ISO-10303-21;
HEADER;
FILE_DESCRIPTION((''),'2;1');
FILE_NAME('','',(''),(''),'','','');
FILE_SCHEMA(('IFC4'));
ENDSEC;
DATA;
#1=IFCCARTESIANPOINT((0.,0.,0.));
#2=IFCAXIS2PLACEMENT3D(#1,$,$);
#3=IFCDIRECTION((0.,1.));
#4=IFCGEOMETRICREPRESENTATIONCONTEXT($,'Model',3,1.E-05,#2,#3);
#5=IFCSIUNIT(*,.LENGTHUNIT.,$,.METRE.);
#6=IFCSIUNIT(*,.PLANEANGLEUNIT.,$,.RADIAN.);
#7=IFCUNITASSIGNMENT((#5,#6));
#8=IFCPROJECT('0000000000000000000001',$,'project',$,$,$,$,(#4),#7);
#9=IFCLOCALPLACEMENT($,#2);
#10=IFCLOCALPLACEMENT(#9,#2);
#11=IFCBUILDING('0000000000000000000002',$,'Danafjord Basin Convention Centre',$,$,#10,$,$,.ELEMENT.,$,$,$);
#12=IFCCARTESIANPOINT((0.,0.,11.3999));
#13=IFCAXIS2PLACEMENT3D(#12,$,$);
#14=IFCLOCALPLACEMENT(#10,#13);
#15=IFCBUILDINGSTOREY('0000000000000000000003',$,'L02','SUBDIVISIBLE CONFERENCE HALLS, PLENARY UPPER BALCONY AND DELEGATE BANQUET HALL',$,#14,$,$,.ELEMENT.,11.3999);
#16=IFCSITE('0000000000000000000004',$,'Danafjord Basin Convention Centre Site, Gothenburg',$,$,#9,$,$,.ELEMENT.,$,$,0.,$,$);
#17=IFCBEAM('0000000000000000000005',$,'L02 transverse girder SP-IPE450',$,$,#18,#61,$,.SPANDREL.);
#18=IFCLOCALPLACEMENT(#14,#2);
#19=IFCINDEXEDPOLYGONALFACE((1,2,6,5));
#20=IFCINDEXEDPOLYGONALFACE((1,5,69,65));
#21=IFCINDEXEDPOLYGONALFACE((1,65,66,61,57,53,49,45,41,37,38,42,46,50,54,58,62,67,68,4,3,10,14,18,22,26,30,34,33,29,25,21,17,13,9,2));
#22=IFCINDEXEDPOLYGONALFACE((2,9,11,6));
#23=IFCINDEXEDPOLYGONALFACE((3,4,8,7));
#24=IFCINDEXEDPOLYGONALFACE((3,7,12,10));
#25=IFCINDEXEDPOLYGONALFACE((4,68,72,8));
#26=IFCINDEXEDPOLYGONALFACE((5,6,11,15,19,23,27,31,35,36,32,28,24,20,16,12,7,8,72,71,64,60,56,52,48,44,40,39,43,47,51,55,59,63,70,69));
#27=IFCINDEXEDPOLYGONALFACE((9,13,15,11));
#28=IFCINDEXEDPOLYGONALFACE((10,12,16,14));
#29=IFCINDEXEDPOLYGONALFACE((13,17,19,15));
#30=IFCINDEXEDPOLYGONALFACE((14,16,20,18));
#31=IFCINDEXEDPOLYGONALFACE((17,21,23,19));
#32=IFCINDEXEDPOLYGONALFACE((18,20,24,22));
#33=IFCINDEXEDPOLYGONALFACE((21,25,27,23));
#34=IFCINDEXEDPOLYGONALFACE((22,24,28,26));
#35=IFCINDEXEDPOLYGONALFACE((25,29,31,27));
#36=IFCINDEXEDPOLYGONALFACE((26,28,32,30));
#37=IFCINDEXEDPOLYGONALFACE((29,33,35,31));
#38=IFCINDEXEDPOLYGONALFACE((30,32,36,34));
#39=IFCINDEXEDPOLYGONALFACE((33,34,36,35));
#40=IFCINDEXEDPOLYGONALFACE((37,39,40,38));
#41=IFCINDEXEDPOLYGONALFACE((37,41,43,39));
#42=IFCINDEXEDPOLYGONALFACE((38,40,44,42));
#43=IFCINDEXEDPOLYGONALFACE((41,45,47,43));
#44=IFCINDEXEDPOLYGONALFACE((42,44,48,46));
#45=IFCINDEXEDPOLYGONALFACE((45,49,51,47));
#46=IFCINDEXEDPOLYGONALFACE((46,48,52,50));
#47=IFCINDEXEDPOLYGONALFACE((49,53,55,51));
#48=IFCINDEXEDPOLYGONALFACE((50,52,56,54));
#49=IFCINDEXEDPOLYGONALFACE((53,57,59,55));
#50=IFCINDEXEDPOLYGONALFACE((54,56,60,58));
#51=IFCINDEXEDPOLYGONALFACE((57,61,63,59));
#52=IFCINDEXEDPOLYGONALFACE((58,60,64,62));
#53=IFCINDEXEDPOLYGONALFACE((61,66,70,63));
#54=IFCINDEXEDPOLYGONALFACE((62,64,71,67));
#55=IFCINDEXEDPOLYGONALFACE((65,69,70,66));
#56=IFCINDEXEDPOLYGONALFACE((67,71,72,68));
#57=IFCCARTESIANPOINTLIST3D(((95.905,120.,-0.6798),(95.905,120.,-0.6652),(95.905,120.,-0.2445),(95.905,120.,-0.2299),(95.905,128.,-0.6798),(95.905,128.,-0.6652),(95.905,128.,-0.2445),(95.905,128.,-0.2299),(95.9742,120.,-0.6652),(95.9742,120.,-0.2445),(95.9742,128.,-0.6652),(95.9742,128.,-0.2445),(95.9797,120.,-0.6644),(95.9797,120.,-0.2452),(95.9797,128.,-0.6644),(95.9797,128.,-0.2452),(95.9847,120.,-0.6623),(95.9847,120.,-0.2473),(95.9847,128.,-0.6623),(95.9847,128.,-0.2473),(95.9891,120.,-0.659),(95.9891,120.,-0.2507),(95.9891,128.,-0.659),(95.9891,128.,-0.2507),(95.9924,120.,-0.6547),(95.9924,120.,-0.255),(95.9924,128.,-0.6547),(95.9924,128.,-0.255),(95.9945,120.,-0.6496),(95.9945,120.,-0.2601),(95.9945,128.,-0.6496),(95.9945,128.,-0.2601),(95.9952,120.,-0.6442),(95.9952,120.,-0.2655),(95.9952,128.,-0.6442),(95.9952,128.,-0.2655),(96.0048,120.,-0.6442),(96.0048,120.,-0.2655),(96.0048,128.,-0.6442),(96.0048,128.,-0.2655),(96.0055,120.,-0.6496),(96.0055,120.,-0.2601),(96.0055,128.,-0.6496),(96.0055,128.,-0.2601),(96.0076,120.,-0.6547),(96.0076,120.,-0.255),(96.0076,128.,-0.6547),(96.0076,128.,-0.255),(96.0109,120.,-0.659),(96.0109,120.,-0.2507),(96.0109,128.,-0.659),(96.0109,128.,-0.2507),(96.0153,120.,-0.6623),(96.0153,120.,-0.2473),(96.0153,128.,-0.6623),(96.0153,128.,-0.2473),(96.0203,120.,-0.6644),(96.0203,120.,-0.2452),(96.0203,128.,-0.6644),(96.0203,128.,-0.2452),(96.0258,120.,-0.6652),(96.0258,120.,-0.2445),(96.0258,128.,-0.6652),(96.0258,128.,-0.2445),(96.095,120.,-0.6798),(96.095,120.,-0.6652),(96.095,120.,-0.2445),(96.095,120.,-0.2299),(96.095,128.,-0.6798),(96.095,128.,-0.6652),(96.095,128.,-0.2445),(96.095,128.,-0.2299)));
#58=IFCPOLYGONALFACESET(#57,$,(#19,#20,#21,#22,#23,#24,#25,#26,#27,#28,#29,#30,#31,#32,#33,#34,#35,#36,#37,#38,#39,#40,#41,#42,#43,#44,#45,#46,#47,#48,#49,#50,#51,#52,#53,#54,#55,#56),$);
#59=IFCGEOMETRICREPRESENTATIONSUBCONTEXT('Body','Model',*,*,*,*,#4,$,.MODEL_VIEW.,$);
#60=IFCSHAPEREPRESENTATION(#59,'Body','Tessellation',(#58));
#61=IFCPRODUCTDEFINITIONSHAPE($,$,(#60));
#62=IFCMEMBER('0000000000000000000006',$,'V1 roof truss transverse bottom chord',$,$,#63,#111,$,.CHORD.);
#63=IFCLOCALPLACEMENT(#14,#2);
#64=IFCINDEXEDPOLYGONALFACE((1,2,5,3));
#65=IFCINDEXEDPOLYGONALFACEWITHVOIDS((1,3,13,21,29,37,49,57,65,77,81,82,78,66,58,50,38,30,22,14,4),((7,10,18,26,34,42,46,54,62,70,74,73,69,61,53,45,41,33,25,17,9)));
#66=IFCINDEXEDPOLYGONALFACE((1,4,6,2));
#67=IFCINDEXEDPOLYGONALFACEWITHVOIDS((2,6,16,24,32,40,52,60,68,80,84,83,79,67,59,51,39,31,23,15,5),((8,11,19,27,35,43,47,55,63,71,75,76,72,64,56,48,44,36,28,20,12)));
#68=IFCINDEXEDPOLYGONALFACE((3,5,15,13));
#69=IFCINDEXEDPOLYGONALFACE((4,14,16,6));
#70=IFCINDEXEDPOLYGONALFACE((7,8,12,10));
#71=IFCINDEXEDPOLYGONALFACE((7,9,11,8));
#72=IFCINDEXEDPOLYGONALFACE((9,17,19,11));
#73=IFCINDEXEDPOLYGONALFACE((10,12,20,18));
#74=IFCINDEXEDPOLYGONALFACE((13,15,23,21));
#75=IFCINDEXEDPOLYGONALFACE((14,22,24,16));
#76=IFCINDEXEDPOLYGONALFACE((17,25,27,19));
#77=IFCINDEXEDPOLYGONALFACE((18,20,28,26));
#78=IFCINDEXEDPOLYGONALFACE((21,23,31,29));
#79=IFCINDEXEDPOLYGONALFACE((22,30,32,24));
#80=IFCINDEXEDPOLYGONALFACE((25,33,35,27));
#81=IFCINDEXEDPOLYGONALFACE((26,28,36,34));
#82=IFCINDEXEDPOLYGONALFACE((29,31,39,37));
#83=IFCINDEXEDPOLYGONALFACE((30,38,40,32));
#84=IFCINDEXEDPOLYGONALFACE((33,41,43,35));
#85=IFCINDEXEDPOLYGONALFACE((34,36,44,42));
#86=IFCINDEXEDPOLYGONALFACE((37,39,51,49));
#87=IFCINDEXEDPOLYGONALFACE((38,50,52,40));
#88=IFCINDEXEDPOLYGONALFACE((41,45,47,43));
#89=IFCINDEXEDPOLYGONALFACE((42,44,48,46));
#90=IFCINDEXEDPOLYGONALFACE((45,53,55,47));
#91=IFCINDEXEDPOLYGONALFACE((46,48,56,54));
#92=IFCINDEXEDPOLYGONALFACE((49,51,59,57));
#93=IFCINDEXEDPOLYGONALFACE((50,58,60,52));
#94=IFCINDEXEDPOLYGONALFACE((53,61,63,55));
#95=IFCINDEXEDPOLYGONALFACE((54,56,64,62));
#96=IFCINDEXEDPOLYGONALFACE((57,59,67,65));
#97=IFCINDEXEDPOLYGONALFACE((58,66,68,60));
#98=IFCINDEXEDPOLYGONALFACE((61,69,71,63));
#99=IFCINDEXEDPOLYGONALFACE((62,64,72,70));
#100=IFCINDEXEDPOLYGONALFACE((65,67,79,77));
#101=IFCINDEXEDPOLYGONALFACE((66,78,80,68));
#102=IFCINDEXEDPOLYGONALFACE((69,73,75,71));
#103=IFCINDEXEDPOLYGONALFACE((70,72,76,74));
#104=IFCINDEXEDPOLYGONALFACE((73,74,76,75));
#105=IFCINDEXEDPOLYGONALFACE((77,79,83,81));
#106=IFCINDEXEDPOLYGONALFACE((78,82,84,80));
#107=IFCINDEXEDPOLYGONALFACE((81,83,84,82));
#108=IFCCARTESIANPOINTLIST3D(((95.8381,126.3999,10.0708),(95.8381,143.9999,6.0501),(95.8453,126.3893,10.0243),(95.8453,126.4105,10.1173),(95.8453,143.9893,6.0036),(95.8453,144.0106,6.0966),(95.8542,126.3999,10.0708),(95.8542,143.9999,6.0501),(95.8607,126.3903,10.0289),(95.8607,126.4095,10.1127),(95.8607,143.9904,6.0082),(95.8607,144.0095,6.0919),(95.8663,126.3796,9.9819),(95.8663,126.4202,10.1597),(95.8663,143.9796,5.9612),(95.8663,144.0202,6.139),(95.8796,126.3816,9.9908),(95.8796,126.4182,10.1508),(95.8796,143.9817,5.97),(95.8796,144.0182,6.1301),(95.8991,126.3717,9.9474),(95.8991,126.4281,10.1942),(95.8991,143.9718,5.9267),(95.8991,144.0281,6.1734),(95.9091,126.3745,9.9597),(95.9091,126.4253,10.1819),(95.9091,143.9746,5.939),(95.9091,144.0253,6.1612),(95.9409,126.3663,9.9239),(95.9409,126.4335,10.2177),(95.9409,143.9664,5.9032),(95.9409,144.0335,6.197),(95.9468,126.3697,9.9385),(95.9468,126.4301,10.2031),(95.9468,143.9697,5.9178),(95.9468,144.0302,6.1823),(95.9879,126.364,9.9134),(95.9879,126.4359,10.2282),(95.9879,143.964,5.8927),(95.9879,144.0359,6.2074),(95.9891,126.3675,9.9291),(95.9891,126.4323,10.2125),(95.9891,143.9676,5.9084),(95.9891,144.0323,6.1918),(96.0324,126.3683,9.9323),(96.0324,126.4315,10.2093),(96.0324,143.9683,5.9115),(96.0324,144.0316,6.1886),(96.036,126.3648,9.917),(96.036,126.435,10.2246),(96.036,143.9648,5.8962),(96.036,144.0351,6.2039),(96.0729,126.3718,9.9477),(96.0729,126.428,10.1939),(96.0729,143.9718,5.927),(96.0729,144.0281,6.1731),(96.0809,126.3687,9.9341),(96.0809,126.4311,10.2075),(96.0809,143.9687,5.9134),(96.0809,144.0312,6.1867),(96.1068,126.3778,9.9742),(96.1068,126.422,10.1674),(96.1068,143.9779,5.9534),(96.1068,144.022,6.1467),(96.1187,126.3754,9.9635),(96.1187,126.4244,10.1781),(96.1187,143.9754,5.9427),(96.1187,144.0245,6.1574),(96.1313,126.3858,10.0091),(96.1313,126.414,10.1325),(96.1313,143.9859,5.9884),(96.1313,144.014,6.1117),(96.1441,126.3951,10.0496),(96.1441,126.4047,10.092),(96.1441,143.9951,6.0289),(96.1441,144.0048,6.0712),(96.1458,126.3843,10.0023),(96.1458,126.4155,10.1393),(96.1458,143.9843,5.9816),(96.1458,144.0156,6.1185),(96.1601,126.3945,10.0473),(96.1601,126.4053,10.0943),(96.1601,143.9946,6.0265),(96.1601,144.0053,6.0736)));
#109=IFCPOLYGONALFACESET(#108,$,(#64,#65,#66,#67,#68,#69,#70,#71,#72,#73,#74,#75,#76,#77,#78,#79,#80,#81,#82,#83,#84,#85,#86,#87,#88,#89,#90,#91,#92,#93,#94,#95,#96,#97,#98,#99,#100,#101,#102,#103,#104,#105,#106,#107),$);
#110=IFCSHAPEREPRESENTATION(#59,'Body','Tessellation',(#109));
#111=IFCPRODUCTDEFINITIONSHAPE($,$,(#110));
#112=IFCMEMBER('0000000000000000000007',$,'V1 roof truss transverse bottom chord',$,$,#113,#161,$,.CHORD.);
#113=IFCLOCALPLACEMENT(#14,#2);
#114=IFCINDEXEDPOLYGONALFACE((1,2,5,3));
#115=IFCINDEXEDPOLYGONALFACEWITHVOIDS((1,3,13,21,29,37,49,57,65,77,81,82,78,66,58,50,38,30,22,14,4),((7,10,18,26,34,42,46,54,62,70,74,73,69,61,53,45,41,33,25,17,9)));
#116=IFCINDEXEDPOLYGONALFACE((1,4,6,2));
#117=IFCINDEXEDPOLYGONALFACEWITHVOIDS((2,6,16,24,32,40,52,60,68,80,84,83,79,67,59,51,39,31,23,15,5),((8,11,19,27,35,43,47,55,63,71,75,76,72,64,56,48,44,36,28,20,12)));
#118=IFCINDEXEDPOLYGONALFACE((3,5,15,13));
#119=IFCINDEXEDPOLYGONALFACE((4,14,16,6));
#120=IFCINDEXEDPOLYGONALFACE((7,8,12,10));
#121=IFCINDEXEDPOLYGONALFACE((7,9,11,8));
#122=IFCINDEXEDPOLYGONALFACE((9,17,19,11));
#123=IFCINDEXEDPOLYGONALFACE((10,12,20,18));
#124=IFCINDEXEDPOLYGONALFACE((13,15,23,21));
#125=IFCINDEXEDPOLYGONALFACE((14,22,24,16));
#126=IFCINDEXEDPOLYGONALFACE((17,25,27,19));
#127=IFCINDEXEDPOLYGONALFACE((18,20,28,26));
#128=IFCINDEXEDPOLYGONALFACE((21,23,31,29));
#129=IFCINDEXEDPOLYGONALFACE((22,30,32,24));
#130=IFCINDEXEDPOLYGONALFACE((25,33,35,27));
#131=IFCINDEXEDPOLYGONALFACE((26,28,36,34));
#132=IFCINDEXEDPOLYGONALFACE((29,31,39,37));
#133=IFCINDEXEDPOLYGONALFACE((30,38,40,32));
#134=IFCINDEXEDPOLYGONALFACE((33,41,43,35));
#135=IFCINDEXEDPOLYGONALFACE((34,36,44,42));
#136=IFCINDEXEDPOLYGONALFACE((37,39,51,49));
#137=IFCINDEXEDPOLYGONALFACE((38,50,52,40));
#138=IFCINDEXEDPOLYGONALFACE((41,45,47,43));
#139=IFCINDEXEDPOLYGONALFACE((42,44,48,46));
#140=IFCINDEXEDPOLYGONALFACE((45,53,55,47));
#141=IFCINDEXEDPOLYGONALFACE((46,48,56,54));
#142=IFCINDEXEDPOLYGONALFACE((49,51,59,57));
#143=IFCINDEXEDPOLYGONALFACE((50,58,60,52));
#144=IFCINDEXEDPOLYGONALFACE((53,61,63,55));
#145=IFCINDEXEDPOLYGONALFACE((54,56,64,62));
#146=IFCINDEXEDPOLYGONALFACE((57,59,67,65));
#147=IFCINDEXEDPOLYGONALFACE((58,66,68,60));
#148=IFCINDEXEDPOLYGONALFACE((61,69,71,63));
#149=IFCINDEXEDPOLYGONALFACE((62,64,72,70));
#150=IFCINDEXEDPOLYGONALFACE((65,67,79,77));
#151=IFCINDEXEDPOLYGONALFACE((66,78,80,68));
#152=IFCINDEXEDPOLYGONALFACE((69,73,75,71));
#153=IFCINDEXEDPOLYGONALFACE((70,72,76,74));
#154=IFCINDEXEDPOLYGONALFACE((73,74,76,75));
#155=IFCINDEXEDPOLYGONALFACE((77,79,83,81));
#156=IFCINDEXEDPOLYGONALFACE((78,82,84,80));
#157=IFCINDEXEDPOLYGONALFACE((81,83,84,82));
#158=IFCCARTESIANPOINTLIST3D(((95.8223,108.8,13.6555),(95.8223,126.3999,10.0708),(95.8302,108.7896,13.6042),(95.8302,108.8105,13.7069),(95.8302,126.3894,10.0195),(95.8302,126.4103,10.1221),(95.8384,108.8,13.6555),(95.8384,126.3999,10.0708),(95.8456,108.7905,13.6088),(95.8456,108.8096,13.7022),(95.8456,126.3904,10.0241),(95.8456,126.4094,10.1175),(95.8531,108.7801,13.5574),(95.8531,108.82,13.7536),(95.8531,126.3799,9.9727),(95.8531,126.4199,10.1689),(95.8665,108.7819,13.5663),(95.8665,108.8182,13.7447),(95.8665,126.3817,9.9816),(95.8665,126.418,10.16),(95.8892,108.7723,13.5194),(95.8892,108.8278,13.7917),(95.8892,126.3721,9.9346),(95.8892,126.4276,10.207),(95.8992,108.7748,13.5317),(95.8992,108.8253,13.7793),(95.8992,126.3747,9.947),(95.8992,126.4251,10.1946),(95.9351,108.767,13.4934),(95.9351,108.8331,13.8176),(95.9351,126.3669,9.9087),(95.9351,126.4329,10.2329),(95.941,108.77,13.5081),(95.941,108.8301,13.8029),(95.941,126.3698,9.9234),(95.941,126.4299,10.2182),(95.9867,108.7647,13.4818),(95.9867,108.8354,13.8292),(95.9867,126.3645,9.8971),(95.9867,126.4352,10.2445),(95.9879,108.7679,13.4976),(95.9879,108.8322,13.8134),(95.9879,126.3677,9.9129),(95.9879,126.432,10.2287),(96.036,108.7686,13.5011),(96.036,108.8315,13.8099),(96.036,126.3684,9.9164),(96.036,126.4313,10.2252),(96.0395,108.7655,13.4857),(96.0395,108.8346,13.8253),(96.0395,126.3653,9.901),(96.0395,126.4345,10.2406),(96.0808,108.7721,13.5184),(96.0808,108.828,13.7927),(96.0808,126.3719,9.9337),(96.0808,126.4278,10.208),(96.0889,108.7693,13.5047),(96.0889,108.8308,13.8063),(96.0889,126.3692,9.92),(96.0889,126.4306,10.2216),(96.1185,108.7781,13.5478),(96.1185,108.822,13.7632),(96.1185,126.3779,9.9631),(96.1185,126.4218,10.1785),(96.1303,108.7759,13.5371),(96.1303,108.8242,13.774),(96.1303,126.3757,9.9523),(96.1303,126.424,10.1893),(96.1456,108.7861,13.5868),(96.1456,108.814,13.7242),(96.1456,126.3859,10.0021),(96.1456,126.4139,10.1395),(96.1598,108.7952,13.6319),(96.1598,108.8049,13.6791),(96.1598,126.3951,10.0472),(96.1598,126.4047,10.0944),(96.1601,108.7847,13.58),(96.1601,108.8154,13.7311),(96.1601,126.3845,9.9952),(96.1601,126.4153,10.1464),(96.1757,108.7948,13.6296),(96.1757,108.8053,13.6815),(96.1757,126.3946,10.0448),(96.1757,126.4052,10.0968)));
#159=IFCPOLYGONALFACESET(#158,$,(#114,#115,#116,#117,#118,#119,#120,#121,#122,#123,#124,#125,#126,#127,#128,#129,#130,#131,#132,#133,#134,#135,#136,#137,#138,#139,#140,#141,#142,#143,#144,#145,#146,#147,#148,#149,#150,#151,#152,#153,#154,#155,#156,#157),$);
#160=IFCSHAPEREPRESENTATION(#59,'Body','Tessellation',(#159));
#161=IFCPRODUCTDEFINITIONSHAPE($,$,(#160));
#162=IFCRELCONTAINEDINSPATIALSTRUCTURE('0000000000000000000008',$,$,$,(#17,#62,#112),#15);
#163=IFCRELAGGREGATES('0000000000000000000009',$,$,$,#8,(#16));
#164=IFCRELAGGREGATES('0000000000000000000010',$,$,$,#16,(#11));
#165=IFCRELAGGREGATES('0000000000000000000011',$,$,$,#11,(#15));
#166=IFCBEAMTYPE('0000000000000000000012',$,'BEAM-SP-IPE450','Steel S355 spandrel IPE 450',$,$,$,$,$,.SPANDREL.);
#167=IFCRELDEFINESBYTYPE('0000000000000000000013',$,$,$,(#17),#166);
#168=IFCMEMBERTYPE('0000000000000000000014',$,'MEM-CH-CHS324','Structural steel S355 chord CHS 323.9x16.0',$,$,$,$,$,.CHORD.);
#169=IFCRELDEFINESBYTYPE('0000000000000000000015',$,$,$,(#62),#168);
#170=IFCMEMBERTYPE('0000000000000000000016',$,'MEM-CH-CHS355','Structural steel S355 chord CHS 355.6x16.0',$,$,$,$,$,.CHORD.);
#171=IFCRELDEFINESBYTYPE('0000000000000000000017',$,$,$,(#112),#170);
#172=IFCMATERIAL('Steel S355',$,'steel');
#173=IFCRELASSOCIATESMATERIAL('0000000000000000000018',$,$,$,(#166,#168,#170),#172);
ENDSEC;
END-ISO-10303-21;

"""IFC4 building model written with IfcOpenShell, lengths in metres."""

from ifc_helpers import new_model, si_unit, direction, frame, origin, origin_2d, place, context, subcontext, project, spatial, hollow_circle, i_section, extrude, material, material_profile, profile_set, type_object, element, save


model = new_model("IFC4")

# Units and contexts
model_context = context("Model", 3, precision=1e-05, world=origin(), true_north=direction((0.0, 1.0)))
body_context = subcontext(model_context, "Body", "Model", "MODEL_VIEW")
ifc_project = project(units=[si_unit("LENGTHUNIT", "METRE"), si_unit("PLANEANGLEUNIT", "RADIAN")], contexts=[model_context])

# Site, building, storey
site_placement = place(None, origin())
site = spatial("IfcSite", under=ifc_project, at=site_placement, Name="Danafjord Basin Convention Centre Site, Gothenburg", CompositionType="ELEMENT", RefElevation=0.0)
building_placement = place(site_placement, origin())
building = spatial("IfcBuilding", under=site, at=building_placement, Name="Danafjord Basin Convention Centre", CompositionType="ELEMENT")
storey_placement = place(building_placement, frame((0.0, 0.0, 11.3999)))
storey = spatial("IfcBuildingStorey", under=building, at=storey_placement, Name="L02", Description="SUBDIVISIBLE CONFERENCE HALLS, PLENARY UPPER BALCONY AND DELEGATE BANQUET HALL", CompositionType="ELEMENT", Elevation=11.3999)

# Beam
ifc_material = material(Name="Steel S355", Category="steel")
ifc_material_profile_1 = material_profile(ifc_material, i_section(OverallWidth=0.1899, OverallDepth=0.45, WebThickness=0.0095, FlangeThickness=0.0146, FilletRadius=0.021, at=origin_2d()), Name="IPE 450")
ifc_profile_set_1 = profile_set([ifc_material_profile_1], Name="Steel S355")
beam_type_1 = type_object("IfcBeamType", Name="BEAM-SP-IPE450", Description="Steel S355 spandrel IPE 450", PredefinedType="SPANDREL", material=ifc_profile_set_1)
beam_1_placement = place(storey_placement, frame((96.0, 120.0, -0.4548), z_axis=(0.0, 1.0, 0.0), x_axis=(-1.0, 0.0, 0.0)))
element("IfcBeam", 1, at=beam_1_placement, inside=storey, type_object=beam_type_1, Name="L02 transverse girder SP-IPE450", PredefinedType="SPANDREL", context=body_context, shape_type="SweptSolid", body=[
    extrude(i_section(OverallWidth=0.1899, OverallDepth=0.45, WebThickness=0.0095, FlangeThickness=0.0146, FilletRadius=0.021, at=origin_2d()), origin(), (0.0, 0.0, 1.0), 8.0),
])

# Members
ifc_material_profile_2 = material_profile(ifc_material, hollow_circle(Radius=0.1619, WallThickness=0.0161, at=origin_2d()), Name="CHS 323.9x16.0")
ifc_profile_set_2 = profile_set([ifc_material_profile_2], Name="Steel S355")
member_type_1 = type_object("IfcMemberType", Name="MEM-CH-CHS324", Description="Structural steel S355 chord CHS 323.9x16.0", PredefinedType="CHORD", material=ifc_profile_set_2)
member_1_placement = place(storey_placement, frame((96.0, 126.3999, 10.0708), z_axis=(0.0, 0.974884, -0.222713), x_axis=(-1.0, 0.0, 0.0)))
element("IfcMember", 2, at=member_1_placement, inside=storey, type_object=member_type_1, Name="V1 roof truss transverse bottom chord", PredefinedType="CHORD", context=body_context, shape_type="SweptSolid", body=[
    extrude(hollow_circle(Radius=0.1619, WallThickness=0.0161, at=origin_2d()), origin(), (0.0, 0.0, 1.0), 18.0535),
])
ifc_material_profile_3 = material_profile(ifc_material, hollow_circle(Radius=0.1777, WallThickness=0.0161, at=origin_2d()), Name="CHS 355.6x16.0")
ifc_profile_set_3 = profile_set([ifc_material_profile_3], Name="Steel S355")
member_type_2 = type_object("IfcMemberType", Name="MEM-CH-CHS355", Description="Structural steel S355 chord CHS 355.6x16.0", PredefinedType="CHORD", material=ifc_profile_set_3)
member_2_placement = place(storey_placement, frame((96.0, 108.8, 13.6555), z_axis=(0.0, 0.979881, -0.199581), x_axis=(-1.0, 0.0, 0.0)))
element("IfcMember", 3, at=member_2_placement, inside=storey, type_object=member_type_2, Name="V1 roof truss transverse bottom chord", PredefinedType="CHORD", context=body_context, shape_type="SweptSolid", body=[
    extrude(hollow_circle(Radius=0.1777, WallThickness=0.0161, at=origin_2d()), origin(), (0.0, 0.0, 1.0), 17.9612),
])

save(model, "model.ifc")
